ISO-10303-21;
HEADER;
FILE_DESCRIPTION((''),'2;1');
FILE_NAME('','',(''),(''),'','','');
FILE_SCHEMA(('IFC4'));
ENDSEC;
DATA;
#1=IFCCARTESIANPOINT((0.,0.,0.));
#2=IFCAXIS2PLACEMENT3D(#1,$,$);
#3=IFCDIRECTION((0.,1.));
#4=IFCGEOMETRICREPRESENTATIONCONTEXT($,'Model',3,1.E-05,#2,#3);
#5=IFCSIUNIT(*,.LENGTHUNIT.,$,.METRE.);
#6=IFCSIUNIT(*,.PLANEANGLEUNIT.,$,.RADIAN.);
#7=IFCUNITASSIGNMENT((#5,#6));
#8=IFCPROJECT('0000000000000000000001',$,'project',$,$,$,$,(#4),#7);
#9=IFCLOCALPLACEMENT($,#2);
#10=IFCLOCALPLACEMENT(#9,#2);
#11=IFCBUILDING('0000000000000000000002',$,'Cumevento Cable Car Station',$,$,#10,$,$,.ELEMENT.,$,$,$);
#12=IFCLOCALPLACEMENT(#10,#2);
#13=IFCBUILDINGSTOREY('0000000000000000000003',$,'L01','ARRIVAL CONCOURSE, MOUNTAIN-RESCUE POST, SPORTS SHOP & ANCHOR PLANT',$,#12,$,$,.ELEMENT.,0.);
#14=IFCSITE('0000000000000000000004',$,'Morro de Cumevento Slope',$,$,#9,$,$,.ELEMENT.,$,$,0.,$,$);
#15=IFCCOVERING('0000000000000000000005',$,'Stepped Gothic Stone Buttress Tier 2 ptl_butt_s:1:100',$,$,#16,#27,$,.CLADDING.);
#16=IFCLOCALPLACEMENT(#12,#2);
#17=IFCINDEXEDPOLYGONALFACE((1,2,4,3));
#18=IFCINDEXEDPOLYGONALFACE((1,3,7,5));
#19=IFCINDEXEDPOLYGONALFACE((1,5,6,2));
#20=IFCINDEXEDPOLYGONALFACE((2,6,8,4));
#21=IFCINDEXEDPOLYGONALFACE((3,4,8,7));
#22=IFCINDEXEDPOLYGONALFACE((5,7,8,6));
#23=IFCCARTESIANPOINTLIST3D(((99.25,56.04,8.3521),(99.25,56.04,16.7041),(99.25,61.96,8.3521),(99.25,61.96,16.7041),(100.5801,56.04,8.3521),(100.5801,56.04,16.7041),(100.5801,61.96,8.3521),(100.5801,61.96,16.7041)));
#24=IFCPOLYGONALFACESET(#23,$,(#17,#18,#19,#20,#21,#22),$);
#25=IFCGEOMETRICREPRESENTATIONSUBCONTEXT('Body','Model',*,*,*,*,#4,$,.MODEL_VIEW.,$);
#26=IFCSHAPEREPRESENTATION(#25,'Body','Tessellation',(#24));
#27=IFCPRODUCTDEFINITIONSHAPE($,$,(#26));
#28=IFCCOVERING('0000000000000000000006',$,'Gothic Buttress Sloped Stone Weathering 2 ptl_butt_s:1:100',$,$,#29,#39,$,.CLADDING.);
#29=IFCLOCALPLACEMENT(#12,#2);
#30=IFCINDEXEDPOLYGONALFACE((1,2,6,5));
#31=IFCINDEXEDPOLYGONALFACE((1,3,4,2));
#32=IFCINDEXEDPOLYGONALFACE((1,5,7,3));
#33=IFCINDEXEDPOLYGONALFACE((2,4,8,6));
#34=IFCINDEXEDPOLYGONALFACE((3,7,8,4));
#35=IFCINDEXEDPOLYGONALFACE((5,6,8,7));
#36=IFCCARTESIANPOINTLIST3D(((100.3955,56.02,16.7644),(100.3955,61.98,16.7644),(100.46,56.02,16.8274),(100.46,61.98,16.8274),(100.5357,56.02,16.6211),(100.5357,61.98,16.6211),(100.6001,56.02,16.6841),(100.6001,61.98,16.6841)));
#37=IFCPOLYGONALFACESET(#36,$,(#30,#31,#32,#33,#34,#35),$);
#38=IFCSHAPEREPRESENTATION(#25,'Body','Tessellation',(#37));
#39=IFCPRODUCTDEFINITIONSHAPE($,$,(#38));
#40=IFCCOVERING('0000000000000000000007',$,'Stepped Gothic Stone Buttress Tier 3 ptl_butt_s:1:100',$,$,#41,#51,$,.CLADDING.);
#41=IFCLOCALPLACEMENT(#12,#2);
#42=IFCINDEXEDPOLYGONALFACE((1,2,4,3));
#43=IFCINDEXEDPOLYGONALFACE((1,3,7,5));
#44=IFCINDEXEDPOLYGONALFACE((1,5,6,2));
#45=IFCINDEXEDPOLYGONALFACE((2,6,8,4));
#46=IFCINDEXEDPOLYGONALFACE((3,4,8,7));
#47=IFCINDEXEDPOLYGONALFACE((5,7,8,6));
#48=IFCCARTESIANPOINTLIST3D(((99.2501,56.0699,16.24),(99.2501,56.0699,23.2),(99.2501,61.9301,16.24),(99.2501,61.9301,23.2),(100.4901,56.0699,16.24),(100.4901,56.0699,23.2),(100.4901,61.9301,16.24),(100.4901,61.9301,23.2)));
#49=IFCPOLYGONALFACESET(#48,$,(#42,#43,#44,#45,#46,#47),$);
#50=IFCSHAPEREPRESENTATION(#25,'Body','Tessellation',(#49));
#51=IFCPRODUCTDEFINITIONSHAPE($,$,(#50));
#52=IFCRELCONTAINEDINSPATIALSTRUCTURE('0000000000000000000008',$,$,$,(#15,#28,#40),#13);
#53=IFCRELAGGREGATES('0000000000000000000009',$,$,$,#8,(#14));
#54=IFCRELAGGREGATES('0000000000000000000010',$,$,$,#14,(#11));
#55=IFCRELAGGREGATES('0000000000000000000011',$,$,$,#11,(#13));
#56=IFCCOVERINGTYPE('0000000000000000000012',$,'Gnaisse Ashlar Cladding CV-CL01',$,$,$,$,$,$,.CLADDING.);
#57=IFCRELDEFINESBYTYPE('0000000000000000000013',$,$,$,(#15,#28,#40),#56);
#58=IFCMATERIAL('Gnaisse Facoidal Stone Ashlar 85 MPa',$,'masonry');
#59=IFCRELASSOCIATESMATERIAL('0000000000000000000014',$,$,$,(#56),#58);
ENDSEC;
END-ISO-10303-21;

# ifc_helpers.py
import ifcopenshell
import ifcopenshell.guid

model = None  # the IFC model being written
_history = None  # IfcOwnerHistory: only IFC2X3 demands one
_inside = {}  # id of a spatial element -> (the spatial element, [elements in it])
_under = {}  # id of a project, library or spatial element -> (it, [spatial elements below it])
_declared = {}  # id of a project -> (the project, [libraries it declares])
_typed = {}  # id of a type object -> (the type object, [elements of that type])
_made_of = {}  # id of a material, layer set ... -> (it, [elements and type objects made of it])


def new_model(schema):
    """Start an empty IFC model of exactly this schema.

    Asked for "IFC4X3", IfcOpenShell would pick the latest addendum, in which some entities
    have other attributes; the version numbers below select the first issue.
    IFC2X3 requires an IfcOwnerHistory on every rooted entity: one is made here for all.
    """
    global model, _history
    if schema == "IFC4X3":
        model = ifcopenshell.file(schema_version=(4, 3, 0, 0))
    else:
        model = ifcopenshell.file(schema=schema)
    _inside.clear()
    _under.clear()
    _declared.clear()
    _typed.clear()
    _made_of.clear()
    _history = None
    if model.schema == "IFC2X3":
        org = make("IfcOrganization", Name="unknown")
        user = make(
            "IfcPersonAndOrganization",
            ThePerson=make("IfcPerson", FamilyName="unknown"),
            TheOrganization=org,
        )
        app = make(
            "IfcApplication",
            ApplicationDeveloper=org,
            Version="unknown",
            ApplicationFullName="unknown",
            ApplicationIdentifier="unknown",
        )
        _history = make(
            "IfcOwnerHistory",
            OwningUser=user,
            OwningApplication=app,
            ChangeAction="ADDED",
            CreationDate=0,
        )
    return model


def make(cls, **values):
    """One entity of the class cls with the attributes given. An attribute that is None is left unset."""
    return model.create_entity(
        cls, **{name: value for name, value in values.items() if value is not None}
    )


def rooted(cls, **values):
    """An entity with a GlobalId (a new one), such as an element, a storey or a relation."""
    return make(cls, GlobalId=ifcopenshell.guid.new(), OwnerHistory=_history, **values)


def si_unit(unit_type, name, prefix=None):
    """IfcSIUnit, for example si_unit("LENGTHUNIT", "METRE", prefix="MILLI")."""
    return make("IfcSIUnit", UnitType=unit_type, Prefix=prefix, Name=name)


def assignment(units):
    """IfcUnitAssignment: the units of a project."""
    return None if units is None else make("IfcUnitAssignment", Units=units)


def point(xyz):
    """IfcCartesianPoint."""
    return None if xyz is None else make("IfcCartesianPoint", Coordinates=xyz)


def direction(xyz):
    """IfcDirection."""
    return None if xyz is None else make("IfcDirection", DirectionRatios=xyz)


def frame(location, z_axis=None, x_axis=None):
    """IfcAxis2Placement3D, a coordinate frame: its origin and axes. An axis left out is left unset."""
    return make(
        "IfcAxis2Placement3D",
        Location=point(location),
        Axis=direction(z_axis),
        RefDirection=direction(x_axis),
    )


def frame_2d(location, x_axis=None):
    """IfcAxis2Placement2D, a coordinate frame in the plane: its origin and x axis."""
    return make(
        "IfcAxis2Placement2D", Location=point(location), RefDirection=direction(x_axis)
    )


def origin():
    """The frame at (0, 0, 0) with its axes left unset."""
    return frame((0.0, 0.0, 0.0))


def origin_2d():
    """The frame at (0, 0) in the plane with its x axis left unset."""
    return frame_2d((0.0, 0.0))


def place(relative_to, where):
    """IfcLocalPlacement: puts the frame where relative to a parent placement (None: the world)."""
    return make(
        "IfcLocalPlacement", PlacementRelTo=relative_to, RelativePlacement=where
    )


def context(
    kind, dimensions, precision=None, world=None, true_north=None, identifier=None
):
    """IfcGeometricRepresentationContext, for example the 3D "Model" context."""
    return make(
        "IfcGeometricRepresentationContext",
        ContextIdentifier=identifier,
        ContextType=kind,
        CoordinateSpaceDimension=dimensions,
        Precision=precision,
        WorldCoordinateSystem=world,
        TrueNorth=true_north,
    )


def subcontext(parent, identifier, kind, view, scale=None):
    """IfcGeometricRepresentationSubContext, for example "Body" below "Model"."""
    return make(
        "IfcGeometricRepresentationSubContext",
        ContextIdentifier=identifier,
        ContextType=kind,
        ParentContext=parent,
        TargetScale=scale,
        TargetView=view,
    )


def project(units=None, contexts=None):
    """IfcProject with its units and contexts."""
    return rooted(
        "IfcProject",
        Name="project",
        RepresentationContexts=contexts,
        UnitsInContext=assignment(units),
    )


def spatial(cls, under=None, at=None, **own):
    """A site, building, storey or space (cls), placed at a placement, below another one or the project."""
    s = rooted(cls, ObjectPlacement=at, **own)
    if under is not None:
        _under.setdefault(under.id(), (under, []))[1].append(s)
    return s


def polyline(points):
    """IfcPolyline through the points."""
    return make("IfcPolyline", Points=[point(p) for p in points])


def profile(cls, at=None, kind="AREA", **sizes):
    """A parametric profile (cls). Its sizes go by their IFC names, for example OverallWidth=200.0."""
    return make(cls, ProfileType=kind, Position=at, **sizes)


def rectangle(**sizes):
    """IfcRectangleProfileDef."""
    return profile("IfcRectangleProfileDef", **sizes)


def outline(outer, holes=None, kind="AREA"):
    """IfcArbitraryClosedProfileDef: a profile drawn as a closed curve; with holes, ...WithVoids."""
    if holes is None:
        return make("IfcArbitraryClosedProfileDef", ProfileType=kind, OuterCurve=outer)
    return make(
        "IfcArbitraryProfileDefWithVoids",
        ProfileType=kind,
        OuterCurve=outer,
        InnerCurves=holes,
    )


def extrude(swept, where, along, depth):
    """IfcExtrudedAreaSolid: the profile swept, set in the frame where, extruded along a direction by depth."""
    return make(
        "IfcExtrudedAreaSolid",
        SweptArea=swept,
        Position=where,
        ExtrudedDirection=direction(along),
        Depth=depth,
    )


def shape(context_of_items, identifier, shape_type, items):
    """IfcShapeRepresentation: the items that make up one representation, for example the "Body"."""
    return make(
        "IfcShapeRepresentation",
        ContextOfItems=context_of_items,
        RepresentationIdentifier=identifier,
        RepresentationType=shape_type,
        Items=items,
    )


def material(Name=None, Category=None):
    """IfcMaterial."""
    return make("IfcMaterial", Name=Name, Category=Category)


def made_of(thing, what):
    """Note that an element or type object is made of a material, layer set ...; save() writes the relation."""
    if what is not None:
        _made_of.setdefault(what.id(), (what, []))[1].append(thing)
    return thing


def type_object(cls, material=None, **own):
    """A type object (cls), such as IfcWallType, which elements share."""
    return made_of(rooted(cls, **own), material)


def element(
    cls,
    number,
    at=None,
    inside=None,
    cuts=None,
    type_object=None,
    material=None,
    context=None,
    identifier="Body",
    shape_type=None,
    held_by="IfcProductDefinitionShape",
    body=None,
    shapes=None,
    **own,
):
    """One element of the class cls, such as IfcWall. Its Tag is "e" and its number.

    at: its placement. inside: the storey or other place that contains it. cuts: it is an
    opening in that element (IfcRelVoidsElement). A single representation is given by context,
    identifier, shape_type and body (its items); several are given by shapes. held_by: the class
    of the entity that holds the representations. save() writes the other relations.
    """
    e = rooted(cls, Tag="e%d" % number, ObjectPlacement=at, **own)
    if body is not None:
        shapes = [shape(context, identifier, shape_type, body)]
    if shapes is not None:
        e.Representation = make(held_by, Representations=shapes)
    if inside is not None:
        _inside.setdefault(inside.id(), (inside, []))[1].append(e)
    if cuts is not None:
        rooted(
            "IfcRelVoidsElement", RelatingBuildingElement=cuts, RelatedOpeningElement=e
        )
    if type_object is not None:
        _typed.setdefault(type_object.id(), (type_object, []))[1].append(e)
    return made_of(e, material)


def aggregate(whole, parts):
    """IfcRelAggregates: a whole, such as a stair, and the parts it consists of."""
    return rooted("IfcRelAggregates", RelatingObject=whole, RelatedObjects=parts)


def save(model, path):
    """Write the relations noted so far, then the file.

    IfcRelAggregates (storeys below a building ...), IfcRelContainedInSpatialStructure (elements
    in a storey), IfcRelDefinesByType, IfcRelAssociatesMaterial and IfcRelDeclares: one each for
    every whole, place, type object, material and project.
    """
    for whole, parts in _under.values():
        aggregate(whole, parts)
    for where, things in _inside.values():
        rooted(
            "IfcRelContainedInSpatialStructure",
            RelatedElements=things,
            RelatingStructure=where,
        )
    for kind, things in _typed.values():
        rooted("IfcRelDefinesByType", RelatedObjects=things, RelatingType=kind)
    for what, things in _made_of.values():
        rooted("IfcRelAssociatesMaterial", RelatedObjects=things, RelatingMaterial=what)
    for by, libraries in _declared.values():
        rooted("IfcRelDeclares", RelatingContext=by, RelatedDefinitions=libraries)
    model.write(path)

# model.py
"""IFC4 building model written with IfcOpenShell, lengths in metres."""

from ifc_helpers import new_model, si_unit, direction, frame, origin, origin_2d, place, context, subcontext, project, spatial, polyline, rectangle, outline, extrude, material, type_object, element, save


model = new_model("IFC4")

# Units and contexts
model_context = context("Model", 3, precision=1e-05, world=origin(), true_north=direction((0.0, 1.0)))
body_context = subcontext(model_context, "Body", "Model", "MODEL_VIEW")
ifc_project = project(units=[si_unit("LENGTHUNIT", "METRE"), si_unit("PLANEANGLEUNIT", "RADIAN")], contexts=[model_context])

# Site, building, storey
site_placement = place(None, origin())
site = spatial("IfcSite", under=ifc_project, at=site_placement, Name="Morro de Cumevento Slope", CompositionType="ELEMENT", RefElevation=0.0)
building_placement = place(site_placement, origin())
building = spatial("IfcBuilding", under=site, at=building_placement, Name="Cumevento Cable Car Station", CompositionType="ELEMENT")
storey_placement = place(building_placement, origin())
storey = spatial("IfcBuildingStorey", under=building, at=storey_placement, Name="L01", Description="ARRIVAL CONCOURSE, MOUNTAIN-RESCUE POST, SPORTS SHOP & ANCHOR PLANT", CompositionType="ELEMENT", Elevation=0.0)

# Coverings
ifc_material_1 = material(Name="Gnaisse Facoidal Stone Ashlar 85 MPa", Category="masonry")
covering_type = type_object("IfcCoveringType", Name="Gnaisse Ashlar Cladding CV-CL01", PredefinedType="CLADDING", material=ifc_material_1)
covering_1_placement = place(storey_placement, frame((99.915, 59.0, 8.3521), z_axis=(0.0, 0.0, 1.0), x_axis=(0.0, 1.0, 0.0)))
element("IfcCovering", 1, at=covering_1_placement, inside=storey, type_object=covering_type, Name="Stepped Gothic Stone Buttress Tier 2 ptl_butt_s:1:100", PredefinedType="CLADDING", context=body_context, shape_type="SweptSolid", body=[
    extrude(rectangle(XDim=5.9199, YDim=1.3301, at=origin_2d()), origin(), (0.0, 0.0, 1.0), 8.3521),
])
covering_2_placement = place(storey_placement, frame((100.6001, 56.02, 16.6841), z_axis=(0.71498, 0.0, 0.699145), x_axis=(0.0, 1.0, 0.0)))
element("IfcCovering", 2, at=covering_2_placement, inside=storey, type_object=covering_type, Name="Gothic Buttress Sloped Stone Weathering 2 ptl_butt_s:1:100", PredefinedType="CLADDING", context=body_context, shape_type="SweptSolid", body=[
    extrude(outline(polyline([(0.0, 0.0), (5.96, 0.0), (5.96, 0.2004), (0.0, 0.2004), (0.0, 0.0)])), origin(), (0.0, 0.0, -1.0), 0.0901),
])
covering_3_placement = place(storey_placement, frame((99.8701, 59.0, 16.24), z_axis=(0.0, 0.0, 1.0), x_axis=(0.0, 1.0, 0.0)))
element("IfcCovering", 3, at=covering_3_placement, inside=storey, type_object=covering_type, Name="Stepped Gothic Stone Buttress Tier 3 ptl_butt_s:1:100", PredefinedType="CLADDING", context=body_context, shape_type="SweptSolid", body=[
    extrude(rectangle(XDim=5.8601, YDim=1.24, at=origin_2d()), origin(), (0.0, 0.0, 1.0), 6.96),
])

save(model, "model.ifc")
